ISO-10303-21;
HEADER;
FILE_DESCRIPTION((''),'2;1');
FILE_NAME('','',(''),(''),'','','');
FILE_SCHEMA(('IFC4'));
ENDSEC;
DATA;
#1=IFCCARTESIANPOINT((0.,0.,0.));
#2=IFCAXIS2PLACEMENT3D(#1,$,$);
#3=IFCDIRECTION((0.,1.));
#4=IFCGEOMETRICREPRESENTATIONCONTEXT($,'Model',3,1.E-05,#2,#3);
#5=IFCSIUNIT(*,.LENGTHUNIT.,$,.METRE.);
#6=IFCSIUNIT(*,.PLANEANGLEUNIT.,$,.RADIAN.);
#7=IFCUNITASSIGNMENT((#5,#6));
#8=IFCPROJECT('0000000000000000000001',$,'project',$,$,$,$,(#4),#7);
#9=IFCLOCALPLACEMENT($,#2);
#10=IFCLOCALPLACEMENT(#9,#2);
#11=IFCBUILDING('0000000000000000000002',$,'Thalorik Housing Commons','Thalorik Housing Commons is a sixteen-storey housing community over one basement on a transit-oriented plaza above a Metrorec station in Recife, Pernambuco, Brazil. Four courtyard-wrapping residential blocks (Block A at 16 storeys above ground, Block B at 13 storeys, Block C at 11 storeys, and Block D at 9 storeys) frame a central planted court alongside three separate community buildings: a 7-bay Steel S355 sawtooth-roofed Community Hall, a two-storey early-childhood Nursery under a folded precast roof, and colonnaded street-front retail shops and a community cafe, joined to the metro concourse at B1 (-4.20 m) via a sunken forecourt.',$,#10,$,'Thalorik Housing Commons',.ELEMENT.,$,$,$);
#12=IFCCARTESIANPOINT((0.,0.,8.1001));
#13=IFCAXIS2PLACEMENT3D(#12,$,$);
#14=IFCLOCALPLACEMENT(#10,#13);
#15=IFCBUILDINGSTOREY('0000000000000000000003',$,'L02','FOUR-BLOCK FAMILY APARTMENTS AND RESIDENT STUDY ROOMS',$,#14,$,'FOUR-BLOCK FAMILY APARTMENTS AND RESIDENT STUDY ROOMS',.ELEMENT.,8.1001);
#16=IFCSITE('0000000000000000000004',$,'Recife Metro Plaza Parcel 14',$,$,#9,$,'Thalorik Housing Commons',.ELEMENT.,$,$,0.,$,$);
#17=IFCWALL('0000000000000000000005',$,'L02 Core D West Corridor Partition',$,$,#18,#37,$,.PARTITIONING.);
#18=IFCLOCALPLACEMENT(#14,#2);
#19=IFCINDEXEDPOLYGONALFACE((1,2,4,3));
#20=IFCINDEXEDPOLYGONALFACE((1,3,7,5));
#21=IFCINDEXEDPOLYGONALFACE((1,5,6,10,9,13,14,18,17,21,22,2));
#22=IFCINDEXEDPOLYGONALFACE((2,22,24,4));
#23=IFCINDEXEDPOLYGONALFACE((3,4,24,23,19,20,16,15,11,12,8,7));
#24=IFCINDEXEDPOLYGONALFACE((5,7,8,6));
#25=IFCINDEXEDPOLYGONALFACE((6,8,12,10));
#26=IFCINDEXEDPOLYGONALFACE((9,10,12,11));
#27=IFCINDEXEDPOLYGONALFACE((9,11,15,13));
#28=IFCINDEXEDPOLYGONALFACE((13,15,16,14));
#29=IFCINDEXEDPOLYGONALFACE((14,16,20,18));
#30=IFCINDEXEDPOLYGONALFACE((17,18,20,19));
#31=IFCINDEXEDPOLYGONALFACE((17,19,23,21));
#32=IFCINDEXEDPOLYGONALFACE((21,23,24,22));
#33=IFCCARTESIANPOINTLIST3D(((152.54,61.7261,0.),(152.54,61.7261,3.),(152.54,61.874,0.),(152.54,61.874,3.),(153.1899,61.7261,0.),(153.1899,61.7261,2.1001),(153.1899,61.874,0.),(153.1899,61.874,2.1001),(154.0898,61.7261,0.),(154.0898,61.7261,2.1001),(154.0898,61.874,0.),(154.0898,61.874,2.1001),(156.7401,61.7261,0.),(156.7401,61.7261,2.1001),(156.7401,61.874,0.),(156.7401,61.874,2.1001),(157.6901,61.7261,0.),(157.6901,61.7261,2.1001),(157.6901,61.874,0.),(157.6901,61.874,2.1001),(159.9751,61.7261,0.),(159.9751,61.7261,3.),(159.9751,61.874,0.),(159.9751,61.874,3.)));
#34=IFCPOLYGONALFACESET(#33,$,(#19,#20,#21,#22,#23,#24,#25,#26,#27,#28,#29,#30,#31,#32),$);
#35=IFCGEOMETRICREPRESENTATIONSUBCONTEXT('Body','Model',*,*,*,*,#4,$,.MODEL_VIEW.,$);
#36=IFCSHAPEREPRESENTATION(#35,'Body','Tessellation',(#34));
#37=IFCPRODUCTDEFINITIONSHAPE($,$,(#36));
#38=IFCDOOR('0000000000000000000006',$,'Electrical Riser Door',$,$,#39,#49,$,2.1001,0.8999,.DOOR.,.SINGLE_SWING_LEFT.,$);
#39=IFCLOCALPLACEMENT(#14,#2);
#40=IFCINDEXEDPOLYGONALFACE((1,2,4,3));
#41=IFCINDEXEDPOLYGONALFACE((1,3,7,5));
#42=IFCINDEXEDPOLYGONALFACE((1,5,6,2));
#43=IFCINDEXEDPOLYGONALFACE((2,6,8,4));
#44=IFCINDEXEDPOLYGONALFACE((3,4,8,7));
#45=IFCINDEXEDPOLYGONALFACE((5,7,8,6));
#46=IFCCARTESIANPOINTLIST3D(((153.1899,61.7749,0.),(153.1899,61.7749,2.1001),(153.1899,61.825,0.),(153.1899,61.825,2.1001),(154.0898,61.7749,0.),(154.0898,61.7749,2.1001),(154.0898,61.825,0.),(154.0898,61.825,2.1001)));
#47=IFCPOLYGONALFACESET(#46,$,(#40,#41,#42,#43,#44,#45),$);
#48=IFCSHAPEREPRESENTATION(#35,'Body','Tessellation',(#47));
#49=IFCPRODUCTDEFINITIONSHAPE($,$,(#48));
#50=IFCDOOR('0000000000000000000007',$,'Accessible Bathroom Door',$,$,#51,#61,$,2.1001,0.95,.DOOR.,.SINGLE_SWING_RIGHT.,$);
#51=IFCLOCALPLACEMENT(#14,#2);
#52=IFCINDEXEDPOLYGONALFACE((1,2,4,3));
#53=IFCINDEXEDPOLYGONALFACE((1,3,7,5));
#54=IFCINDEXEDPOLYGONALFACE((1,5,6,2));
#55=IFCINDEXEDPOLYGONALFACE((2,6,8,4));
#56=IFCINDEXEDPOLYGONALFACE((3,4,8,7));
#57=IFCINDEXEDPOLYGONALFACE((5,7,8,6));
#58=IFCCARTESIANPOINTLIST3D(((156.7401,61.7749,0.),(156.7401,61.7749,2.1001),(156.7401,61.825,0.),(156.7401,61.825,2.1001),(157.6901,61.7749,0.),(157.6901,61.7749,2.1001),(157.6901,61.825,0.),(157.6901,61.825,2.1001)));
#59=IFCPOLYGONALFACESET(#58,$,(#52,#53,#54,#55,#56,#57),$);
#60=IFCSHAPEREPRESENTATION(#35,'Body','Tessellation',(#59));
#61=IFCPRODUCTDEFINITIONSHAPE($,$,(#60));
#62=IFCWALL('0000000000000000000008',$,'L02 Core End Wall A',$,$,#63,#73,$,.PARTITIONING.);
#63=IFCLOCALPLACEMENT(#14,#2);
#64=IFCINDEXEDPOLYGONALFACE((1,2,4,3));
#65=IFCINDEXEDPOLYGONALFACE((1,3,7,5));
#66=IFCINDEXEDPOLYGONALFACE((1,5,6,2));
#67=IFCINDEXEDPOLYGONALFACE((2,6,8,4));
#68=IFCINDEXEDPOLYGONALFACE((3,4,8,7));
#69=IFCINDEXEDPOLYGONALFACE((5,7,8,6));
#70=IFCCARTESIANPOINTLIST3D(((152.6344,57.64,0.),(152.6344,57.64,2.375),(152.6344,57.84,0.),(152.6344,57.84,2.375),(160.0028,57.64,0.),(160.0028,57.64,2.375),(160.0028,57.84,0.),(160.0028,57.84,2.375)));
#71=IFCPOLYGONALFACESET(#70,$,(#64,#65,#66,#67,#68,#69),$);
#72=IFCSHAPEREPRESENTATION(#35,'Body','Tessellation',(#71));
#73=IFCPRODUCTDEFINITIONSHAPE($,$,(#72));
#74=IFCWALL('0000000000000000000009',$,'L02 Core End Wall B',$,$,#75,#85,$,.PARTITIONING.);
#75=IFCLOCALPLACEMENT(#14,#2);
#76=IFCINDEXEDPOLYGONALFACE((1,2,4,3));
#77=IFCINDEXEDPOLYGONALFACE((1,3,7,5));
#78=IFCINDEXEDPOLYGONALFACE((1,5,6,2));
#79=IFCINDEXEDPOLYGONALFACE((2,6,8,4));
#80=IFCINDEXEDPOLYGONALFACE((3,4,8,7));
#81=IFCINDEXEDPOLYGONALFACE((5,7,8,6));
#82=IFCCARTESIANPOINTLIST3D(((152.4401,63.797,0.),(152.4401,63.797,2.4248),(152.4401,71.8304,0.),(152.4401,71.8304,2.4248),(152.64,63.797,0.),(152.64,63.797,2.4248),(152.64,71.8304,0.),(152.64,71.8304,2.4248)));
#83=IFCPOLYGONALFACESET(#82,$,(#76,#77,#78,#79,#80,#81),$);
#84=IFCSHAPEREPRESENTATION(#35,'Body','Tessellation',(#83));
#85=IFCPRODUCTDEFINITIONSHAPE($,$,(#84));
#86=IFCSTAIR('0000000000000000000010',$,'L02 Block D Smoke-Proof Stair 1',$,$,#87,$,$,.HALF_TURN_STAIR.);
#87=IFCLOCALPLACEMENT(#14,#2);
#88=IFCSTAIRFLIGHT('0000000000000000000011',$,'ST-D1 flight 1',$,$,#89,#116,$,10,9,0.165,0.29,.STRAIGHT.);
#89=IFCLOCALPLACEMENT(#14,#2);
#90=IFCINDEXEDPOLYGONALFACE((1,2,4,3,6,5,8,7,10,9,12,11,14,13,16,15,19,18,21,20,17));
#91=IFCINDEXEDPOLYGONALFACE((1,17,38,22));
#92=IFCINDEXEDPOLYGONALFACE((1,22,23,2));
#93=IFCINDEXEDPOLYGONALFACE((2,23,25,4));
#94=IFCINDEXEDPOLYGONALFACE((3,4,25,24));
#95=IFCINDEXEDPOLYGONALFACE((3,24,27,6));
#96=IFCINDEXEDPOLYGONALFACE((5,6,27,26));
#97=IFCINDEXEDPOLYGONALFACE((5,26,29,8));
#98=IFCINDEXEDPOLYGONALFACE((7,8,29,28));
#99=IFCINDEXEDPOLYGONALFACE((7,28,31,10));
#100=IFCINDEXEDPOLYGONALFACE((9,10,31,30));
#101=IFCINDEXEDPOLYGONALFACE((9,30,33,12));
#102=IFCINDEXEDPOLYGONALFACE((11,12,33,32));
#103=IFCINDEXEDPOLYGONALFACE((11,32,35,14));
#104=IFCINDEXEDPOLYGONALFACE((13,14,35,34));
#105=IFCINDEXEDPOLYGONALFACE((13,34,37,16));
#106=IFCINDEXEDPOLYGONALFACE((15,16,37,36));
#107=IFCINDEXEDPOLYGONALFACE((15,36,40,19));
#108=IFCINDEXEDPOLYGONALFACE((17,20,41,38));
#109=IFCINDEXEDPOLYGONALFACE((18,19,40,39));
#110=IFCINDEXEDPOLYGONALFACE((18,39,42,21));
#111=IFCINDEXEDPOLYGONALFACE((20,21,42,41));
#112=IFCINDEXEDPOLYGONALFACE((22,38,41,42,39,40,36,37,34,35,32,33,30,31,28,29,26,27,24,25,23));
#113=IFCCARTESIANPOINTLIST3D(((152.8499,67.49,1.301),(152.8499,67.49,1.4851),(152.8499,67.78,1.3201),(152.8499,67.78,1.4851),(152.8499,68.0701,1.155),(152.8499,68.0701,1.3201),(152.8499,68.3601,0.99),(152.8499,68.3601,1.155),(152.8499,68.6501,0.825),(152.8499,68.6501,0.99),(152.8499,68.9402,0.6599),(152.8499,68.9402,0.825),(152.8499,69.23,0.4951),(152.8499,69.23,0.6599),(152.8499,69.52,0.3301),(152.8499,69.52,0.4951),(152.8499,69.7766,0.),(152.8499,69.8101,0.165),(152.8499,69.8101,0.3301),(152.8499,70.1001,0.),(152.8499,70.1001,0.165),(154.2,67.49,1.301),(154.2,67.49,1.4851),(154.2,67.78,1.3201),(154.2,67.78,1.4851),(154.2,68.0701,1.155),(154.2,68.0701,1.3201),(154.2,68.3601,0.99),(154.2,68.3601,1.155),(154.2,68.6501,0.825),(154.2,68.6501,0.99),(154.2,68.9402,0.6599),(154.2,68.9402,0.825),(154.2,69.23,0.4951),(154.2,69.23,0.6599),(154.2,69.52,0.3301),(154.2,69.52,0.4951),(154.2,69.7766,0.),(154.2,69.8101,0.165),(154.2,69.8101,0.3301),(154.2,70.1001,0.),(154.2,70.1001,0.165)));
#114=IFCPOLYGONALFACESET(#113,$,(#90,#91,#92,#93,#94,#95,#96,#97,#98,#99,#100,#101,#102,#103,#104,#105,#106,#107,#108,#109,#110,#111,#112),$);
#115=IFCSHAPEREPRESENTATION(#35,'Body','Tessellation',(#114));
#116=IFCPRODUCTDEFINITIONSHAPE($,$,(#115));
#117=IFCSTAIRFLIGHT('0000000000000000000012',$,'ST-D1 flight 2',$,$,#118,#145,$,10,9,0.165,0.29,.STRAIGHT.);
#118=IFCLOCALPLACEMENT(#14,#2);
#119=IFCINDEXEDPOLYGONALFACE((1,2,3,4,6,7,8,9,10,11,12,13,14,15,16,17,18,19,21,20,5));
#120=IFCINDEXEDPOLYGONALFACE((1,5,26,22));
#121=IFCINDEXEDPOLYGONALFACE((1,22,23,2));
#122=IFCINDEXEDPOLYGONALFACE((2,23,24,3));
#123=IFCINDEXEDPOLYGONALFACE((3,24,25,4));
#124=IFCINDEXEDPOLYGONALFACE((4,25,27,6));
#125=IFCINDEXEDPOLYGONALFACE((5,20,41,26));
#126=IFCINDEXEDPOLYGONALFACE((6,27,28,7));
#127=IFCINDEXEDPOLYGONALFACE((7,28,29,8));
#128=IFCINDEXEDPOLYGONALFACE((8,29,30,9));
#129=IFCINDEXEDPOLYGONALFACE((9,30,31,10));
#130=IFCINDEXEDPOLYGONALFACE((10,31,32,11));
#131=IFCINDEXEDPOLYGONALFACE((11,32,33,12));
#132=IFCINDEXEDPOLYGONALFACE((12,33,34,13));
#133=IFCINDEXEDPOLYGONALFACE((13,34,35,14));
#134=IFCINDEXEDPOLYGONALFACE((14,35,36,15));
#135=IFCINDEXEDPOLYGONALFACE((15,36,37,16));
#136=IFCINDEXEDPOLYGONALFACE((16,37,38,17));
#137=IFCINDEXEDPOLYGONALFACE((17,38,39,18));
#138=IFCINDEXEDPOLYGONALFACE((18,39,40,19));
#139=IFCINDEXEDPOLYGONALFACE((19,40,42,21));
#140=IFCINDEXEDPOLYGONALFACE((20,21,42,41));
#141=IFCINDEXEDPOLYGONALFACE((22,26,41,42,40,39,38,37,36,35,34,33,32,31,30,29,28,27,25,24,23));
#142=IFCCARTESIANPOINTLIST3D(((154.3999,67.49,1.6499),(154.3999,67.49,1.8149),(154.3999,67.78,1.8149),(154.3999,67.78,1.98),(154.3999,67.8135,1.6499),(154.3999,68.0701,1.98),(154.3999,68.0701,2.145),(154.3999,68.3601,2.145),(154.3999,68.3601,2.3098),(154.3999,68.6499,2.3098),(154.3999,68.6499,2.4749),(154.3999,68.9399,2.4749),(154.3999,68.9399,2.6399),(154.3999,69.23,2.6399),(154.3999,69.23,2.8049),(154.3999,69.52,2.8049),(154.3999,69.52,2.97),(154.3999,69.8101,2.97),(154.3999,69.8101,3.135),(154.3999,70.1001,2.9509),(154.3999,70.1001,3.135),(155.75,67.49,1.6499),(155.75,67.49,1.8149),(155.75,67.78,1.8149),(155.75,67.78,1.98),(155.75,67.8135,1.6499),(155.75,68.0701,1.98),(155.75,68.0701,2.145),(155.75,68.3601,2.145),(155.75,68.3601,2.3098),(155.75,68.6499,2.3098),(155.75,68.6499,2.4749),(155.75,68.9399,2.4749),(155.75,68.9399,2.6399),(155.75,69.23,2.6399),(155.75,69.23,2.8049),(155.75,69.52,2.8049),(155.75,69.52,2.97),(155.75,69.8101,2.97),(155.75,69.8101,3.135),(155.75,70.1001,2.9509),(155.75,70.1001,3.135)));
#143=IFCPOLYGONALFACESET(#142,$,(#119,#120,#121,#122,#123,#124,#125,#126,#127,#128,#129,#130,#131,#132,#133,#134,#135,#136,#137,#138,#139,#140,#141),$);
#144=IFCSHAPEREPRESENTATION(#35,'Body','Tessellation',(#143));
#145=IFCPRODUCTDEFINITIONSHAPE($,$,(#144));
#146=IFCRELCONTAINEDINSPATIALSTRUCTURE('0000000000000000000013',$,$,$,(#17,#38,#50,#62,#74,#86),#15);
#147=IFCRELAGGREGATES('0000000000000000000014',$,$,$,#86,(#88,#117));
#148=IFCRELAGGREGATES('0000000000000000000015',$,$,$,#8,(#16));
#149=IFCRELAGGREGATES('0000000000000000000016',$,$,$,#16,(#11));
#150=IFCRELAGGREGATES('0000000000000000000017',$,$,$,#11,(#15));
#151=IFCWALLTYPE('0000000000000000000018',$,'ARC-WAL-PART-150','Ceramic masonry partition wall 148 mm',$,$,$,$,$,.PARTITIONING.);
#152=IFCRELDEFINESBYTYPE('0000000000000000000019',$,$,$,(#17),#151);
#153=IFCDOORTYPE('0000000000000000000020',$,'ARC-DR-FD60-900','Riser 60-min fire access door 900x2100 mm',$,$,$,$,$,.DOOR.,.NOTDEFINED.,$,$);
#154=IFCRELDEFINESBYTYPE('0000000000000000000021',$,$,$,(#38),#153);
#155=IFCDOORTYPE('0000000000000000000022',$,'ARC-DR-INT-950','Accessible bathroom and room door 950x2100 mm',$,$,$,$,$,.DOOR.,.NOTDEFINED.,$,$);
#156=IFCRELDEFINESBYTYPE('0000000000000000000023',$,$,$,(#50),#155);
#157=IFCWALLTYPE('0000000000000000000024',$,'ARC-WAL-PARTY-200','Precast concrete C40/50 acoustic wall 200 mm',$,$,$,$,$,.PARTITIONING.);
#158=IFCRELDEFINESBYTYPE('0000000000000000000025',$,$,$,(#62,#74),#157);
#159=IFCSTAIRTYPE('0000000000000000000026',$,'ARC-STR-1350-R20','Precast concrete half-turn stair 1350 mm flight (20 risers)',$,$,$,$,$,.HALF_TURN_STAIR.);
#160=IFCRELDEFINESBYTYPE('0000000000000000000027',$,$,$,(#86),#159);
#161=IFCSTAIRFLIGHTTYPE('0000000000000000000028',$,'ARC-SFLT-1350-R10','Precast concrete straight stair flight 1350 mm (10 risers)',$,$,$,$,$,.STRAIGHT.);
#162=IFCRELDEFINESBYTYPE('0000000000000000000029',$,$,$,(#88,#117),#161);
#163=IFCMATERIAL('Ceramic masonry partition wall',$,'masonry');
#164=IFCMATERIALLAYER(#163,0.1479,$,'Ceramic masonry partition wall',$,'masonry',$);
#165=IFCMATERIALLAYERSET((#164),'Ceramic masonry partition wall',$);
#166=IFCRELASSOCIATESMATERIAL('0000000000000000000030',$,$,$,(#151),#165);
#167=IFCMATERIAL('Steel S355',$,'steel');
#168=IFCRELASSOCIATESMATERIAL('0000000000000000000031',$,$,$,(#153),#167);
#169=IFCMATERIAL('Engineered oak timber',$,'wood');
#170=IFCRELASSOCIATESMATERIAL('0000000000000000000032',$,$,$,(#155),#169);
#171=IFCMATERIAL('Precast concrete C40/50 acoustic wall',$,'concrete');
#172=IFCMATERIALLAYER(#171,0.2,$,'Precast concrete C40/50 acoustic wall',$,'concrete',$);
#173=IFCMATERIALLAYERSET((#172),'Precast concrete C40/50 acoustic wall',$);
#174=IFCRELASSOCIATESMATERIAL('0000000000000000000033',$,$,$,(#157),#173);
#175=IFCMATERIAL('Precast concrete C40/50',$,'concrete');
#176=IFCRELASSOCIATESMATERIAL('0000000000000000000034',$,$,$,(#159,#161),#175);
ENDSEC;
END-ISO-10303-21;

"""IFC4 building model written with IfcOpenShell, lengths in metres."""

from ifc_helpers import new_model, si_unit, direction, frame, frame_2d, origin, place, context, subcontext, project, spatial, polyline, rectangle, outline, extrude, material, layer, layer_set, type_object, element, fill, aggregate, save


model = new_model("IFC4")

# Units and contexts
model_context = context("Model", 3, precision=1e-05, world=origin(), true_north=direction((0.0, 1.0)))
body_context = subcontext(model_context, "Body", "Model", "MODEL_VIEW")
ifc_project = project(units=[si_unit("LENGTHUNIT", "METRE"), si_unit("PLANEANGLEUNIT", "RADIAN")], contexts=[model_context])

# Site, building, storey
site_placement = place(None, origin())
site = spatial("IfcSite", under=ifc_project, at=site_placement, Name="Recife Metro Plaza Parcel 14", LongName="Thalorik Housing Commons", CompositionType="ELEMENT", RefElevation=0.0)
building_placement = place(site_placement, origin())
building = spatial("IfcBuilding", under=site, at=building_placement, Name="Thalorik Housing Commons", Description="Thalorik Housing Commons is a sixteen-storey housing community over one basement on a transit-oriented plaza above a Metrorec station in Recife, Pernambuco, Brazil. Four courtyard-wrapping residential blocks (Block A at 16 storeys above ground, Block B at 13 storeys, Block C at 11 storeys, and Block D at 9 storeys) frame a central planted court alongside three separate community buildings: a 7-bay Steel S355 sawtooth-roofed Community Hall, a two-storey early-childhood Nursery under a folded precast roof, and colonnaded street-front retail shops and a community cafe, joined to the metro concourse at B1 (-4.20 m) via a sunken forecourt.", LongName="Thalorik Housing Commons", CompositionType="ELEMENT")
storey_placement = place(building_placement, frame((0.0, 0.0, 8.1001)))
storey = spatial("IfcBuildingStorey", under=building, at=storey_placement, Name="L02", Description="FOUR-BLOCK FAMILY APARTMENTS AND RESIDENT STUDY ROOMS", LongName="FOUR-BLOCK FAMILY APARTMENTS AND RESIDENT STUDY ROOMS", CompositionType="ELEMENT", Elevation=8.1001)

# Shared definitions
ifc_material_1 = material(Name="Precast concrete C40/50", Category="concrete")

# Shared definitions
ifc_material_2 = material(Name="Steel S355", Category="steel")

# Shared definitions
ifc_material_3 = material(Name="Ceramic masonry partition wall", Category="masonry")
ifc_layer_1 = layer(ifc_material_3, 0.1479, Name="Ceramic masonry partition wall", Category="masonry")
ifc_layer_set_1 = layer_set([ifc_layer_1], Name="Ceramic masonry partition wall")
wall_type_1 = type_object("IfcWallType", Name="ARC-WAL-PART-150", Description="Ceramic masonry partition wall 148 mm", PredefinedType="PARTITIONING", material=ifc_layer_set_1)

# Wall, openings, doors
wall_1_placement = place(storey_placement, frame((152.54, 61.8, 0.0), z_axis=(0.0, 0.0, 1.0), x_axis=(1.0, 0.0, 0.0)))
wall_1 = element("IfcWall", 1, at=wall_1_placement, inside=storey, type_object=wall_type_1, Name="L02 Core D West Corridor Partition", PredefinedType="PARTITIONING", context=body_context, shape_type="SweptSolid", body=[
    extrude(rectangle(XDim=7.4351, YDim=0.1479, at=frame_2d((3.7175, 0.0))), origin(), (0.0, 0.0, 1.0), 3.0),
])
opening_1_placement = place(wall_1_placement, frame((0.6499, 0.0, 0.0)))
opening_1 = element("IfcOpeningElement", 2, at=opening_1_placement, cuts=wall_1, PredefinedType="OPENING", context=body_context, shape_type="SweptSolid", body=[
    extrude(rectangle(XDim=0.8999, YDim=2.1001, at=frame_2d((0.45, 1.05))), frame((0.0, 0.084, 0.0), z_axis=(0.0, -1.0, 0.0), x_axis=(1.0, 0.0, 0.0)), (0.0, 0.0, 1.0), 0.168),
])
opening_2_placement = place(wall_1_placement, frame((4.2, 0.0, 0.0)))
opening_2 = element("IfcOpeningElement", 3, at=opening_2_placement, cuts=wall_1, PredefinedType="OPENING", context=body_context, shape_type="SweptSolid", body=[
    extrude(rectangle(XDim=0.95, YDim=2.1001, at=frame_2d((0.4751, 1.05))), frame((0.0, 0.084, 0.0), z_axis=(0.0, -1.0, 0.0), x_axis=(1.0, 0.0, 0.0)), (0.0, 0.0, 1.0), 0.168),
])
door_type_1 = type_object("IfcDoorType", Name="ARC-DR-FD60-900", Description="Riser 60-min fire access door 900x2100 mm", OperationType="NOTDEFINED", PredefinedType="DOOR", material=ifc_material_2)
door_1_placement = place(opening_1_placement, origin())
door_1 = element("IfcDoor", 4, at=door_1_placement, inside=storey, type_object=door_type_1, Name="Electrical Riser Door", OperationType="SINGLE_SWING_LEFT", OverallHeight=2.1001, OverallWidth=0.8999, PredefinedType="DOOR", context=body_context, shape_type="SweptSolid", body=[
    extrude(rectangle(XDim=0.8999, YDim=2.1001, at=frame_2d((0.45, 1.05))), frame((0.0, 0.0249, 0.0), z_axis=(0.0, -1.0, 0.0), x_axis=(1.0, 0.0, 0.0)), (0.0, 0.0, 1.0), 0.05),
])
fill(opening_1, door_1)
ifc_material_4 = material(Name="Engineered oak timber", Category="wood")
door_type_2 = type_object("IfcDoorType", Name="ARC-DR-INT-950", Description="Accessible bathroom and room door 950x2100 mm", OperationType="NOTDEFINED", PredefinedType="DOOR", material=ifc_material_4)
door_2_placement = place(opening_2_placement, origin())
door_2 = element("IfcDoor", 5, at=door_2_placement, inside=storey, type_object=door_type_2, Name="Accessible Bathroom Door", OperationType="SINGLE_SWING_RIGHT", OverallHeight=2.1001, OverallWidth=0.95, PredefinedType="DOOR", context=body_context, shape_type="SweptSolid", body=[
    extrude(rectangle(XDim=0.95, YDim=2.1001, at=frame_2d((0.4751, 1.05))), frame((0.0, 0.0249, 0.0), z_axis=(0.0, -1.0, 0.0), x_axis=(1.0, 0.0, 0.0)), (0.0, 0.0, 1.0), 0.05),
])
fill(opening_2, door_2)

# Walls
ifc_material_5 = material(Name="Precast concrete C40/50 acoustic wall", Category="concrete")
ifc_layer_2 = layer(ifc_material_5, 0.2, Name="Precast concrete C40/50 acoustic wall", Category="concrete")
ifc_layer_set_2 = layer_set([ifc_layer_2], Name="Precast concrete C40/50 acoustic wall")
wall_type_2 = type_object("IfcWallType", Name="ARC-WAL-PARTY-200", Description="Precast concrete C40/50 acoustic wall 200 mm", PredefinedType="PARTITIONING", material=ifc_layer_set_2)
wall_2_placement = place(storey_placement, frame((152.6345, 57.74, 0.0), z_axis=(0.0, 0.0, 1.0), x_axis=(1.0, 0.0, 0.0)))
element("IfcWall", 6, at=wall_2_placement, inside=storey, type_object=wall_type_2, Name="L02 Core End Wall A", PredefinedType="PARTITIONING", context=body_context, shape_type="SweptSolid", body=[
    extrude(rectangle(XDim=7.3684, YDim=0.2, at=frame_2d((3.6841, 0.0))), origin(), (0.0, 0.0, 1.0), 2.375),
])
wall_3_placement = place(storey_placement, frame((152.54, 63.7971, 0.0), z_axis=(0.0, 0.0, 1.0), x_axis=(0.0, 1.0, 0.0)))
element("IfcWall", 7, at=wall_3_placement, inside=storey, type_object=wall_type_2, Name="L02 Core End Wall B", PredefinedType="PARTITIONING", context=body_context, shape_type="SweptSolid", body=[
    extrude(rectangle(XDim=8.0334, YDim=0.2, at=frame_2d((4.0166, 0.0))), origin(), (0.0, 0.0, 1.0), 2.4248),
])

# Stair, stair flights
stair_type = type_object("IfcStairType", Name="ARC-STR-1350-R20", Description="Precast concrete half-turn stair 1350 mm flight (20 risers)", PredefinedType="HALF_TURN_STAIR", material=ifc_material_1)
stair_placement = place(storey_placement, origin())
stair = element("IfcStair", 8, at=stair_placement, inside=storey, type_object=stair_type, Name="L02 Block D Smoke-Proof Stair 1", PredefinedType="HALF_TURN_STAIR")
stair_flight_type = type_object("IfcStairFlightType", Name="ARC-SFLT-1350-R10", Description="Precast concrete straight stair flight 1350 mm (10 risers)", PredefinedType="STRAIGHT", material=ifc_material_1)
stair_flight_1_placement = place(storey_placement, frame((153.5249, 70.1001, 0.0), z_axis=(0.0, 0.0, 1.0), x_axis=(0.0, -1.0, 0.0)))
stair_flight_1 = element("IfcStairFlight", 9, at=stair_flight_1_placement, type_object=stair_flight_type, Name="ST-D1 flight 1", NumberOfRisers=10, NumberOfTreads=9, PredefinedType="STRAIGHT", RiserHeight=0.165, TreadLength=0.29, context=body_context, shape_type="SweptSolid", body=[
    extrude(outline(polyline([(0.0, 0.0), (0.0, 0.165), (0.29, 0.165), (0.29, 0.3301), (0.5801, 0.3301), (0.5801, 0.4951), (0.8701, 0.4951), (0.8701, 0.6599), (1.1599, 0.6599), (1.1599, 0.825), (1.45, 0.825), (1.45, 0.99), (1.74, 0.99), (1.74, 1.155), (2.03, 1.155), (2.03, 1.3201), (2.3201, 1.3201), (2.3201, 1.4851), (2.6101, 1.4851), (2.6101, 1.6499), (2.6101, 1.301), (0.3235, 0.0), (0.0, 0.0)])), frame((0.0, 0.675, 0.0), z_axis=(0.0, -1.0, 0.0), x_axis=(1.0, 0.0, 0.0)), (0.0, 0.0, 1.0), 1.3501),
])
stair_flight_2_placement = place(storey_placement, frame((155.075, 67.49, 1.6499), z_axis=(0.0, 0.0, 1.0), x_axis=(0.0, 1.0, 0.0)))
stair_flight_2 = element("IfcStairFlight", 10, at=stair_flight_2_placement, type_object=stair_flight_type, Name="ST-D1 flight 2", NumberOfRisers=10, NumberOfTreads=9, PredefinedType="STRAIGHT", RiserHeight=0.165, TreadLength=0.29, context=body_context, shape_type="SweptSolid", body=[
    extrude(outline(polyline([(0.0, 0.0), (0.0, 0.165), (0.29, 0.165), (0.29, 0.3301), (0.5801, 0.3301), (0.5801, 0.4951), (0.8701, 0.4951), (0.8701, 0.6599), (1.1599, 0.6599), (1.1599, 0.825), (1.45, 0.825), (1.45, 0.99), (1.74, 0.99), (1.74, 1.155), (2.03, 1.155), (2.03, 1.3201), (2.3201, 1.3201), (2.3201, 1.4851), (2.6101, 1.4851), (2.6101, 1.6499), (2.6101, 1.301), (0.3235, 0.0), (0.0, 0.0)])), frame((0.0, 0.675, 0.0), z_axis=(0.0, -1.0, 0.0), x_axis=(1.0, 0.0, 0.0)), (0.0, 0.0, 1.0), 1.3501),
])
aggregate(stair, [stair_flight_1, stair_flight_2])

save(model, "model.ifc")
